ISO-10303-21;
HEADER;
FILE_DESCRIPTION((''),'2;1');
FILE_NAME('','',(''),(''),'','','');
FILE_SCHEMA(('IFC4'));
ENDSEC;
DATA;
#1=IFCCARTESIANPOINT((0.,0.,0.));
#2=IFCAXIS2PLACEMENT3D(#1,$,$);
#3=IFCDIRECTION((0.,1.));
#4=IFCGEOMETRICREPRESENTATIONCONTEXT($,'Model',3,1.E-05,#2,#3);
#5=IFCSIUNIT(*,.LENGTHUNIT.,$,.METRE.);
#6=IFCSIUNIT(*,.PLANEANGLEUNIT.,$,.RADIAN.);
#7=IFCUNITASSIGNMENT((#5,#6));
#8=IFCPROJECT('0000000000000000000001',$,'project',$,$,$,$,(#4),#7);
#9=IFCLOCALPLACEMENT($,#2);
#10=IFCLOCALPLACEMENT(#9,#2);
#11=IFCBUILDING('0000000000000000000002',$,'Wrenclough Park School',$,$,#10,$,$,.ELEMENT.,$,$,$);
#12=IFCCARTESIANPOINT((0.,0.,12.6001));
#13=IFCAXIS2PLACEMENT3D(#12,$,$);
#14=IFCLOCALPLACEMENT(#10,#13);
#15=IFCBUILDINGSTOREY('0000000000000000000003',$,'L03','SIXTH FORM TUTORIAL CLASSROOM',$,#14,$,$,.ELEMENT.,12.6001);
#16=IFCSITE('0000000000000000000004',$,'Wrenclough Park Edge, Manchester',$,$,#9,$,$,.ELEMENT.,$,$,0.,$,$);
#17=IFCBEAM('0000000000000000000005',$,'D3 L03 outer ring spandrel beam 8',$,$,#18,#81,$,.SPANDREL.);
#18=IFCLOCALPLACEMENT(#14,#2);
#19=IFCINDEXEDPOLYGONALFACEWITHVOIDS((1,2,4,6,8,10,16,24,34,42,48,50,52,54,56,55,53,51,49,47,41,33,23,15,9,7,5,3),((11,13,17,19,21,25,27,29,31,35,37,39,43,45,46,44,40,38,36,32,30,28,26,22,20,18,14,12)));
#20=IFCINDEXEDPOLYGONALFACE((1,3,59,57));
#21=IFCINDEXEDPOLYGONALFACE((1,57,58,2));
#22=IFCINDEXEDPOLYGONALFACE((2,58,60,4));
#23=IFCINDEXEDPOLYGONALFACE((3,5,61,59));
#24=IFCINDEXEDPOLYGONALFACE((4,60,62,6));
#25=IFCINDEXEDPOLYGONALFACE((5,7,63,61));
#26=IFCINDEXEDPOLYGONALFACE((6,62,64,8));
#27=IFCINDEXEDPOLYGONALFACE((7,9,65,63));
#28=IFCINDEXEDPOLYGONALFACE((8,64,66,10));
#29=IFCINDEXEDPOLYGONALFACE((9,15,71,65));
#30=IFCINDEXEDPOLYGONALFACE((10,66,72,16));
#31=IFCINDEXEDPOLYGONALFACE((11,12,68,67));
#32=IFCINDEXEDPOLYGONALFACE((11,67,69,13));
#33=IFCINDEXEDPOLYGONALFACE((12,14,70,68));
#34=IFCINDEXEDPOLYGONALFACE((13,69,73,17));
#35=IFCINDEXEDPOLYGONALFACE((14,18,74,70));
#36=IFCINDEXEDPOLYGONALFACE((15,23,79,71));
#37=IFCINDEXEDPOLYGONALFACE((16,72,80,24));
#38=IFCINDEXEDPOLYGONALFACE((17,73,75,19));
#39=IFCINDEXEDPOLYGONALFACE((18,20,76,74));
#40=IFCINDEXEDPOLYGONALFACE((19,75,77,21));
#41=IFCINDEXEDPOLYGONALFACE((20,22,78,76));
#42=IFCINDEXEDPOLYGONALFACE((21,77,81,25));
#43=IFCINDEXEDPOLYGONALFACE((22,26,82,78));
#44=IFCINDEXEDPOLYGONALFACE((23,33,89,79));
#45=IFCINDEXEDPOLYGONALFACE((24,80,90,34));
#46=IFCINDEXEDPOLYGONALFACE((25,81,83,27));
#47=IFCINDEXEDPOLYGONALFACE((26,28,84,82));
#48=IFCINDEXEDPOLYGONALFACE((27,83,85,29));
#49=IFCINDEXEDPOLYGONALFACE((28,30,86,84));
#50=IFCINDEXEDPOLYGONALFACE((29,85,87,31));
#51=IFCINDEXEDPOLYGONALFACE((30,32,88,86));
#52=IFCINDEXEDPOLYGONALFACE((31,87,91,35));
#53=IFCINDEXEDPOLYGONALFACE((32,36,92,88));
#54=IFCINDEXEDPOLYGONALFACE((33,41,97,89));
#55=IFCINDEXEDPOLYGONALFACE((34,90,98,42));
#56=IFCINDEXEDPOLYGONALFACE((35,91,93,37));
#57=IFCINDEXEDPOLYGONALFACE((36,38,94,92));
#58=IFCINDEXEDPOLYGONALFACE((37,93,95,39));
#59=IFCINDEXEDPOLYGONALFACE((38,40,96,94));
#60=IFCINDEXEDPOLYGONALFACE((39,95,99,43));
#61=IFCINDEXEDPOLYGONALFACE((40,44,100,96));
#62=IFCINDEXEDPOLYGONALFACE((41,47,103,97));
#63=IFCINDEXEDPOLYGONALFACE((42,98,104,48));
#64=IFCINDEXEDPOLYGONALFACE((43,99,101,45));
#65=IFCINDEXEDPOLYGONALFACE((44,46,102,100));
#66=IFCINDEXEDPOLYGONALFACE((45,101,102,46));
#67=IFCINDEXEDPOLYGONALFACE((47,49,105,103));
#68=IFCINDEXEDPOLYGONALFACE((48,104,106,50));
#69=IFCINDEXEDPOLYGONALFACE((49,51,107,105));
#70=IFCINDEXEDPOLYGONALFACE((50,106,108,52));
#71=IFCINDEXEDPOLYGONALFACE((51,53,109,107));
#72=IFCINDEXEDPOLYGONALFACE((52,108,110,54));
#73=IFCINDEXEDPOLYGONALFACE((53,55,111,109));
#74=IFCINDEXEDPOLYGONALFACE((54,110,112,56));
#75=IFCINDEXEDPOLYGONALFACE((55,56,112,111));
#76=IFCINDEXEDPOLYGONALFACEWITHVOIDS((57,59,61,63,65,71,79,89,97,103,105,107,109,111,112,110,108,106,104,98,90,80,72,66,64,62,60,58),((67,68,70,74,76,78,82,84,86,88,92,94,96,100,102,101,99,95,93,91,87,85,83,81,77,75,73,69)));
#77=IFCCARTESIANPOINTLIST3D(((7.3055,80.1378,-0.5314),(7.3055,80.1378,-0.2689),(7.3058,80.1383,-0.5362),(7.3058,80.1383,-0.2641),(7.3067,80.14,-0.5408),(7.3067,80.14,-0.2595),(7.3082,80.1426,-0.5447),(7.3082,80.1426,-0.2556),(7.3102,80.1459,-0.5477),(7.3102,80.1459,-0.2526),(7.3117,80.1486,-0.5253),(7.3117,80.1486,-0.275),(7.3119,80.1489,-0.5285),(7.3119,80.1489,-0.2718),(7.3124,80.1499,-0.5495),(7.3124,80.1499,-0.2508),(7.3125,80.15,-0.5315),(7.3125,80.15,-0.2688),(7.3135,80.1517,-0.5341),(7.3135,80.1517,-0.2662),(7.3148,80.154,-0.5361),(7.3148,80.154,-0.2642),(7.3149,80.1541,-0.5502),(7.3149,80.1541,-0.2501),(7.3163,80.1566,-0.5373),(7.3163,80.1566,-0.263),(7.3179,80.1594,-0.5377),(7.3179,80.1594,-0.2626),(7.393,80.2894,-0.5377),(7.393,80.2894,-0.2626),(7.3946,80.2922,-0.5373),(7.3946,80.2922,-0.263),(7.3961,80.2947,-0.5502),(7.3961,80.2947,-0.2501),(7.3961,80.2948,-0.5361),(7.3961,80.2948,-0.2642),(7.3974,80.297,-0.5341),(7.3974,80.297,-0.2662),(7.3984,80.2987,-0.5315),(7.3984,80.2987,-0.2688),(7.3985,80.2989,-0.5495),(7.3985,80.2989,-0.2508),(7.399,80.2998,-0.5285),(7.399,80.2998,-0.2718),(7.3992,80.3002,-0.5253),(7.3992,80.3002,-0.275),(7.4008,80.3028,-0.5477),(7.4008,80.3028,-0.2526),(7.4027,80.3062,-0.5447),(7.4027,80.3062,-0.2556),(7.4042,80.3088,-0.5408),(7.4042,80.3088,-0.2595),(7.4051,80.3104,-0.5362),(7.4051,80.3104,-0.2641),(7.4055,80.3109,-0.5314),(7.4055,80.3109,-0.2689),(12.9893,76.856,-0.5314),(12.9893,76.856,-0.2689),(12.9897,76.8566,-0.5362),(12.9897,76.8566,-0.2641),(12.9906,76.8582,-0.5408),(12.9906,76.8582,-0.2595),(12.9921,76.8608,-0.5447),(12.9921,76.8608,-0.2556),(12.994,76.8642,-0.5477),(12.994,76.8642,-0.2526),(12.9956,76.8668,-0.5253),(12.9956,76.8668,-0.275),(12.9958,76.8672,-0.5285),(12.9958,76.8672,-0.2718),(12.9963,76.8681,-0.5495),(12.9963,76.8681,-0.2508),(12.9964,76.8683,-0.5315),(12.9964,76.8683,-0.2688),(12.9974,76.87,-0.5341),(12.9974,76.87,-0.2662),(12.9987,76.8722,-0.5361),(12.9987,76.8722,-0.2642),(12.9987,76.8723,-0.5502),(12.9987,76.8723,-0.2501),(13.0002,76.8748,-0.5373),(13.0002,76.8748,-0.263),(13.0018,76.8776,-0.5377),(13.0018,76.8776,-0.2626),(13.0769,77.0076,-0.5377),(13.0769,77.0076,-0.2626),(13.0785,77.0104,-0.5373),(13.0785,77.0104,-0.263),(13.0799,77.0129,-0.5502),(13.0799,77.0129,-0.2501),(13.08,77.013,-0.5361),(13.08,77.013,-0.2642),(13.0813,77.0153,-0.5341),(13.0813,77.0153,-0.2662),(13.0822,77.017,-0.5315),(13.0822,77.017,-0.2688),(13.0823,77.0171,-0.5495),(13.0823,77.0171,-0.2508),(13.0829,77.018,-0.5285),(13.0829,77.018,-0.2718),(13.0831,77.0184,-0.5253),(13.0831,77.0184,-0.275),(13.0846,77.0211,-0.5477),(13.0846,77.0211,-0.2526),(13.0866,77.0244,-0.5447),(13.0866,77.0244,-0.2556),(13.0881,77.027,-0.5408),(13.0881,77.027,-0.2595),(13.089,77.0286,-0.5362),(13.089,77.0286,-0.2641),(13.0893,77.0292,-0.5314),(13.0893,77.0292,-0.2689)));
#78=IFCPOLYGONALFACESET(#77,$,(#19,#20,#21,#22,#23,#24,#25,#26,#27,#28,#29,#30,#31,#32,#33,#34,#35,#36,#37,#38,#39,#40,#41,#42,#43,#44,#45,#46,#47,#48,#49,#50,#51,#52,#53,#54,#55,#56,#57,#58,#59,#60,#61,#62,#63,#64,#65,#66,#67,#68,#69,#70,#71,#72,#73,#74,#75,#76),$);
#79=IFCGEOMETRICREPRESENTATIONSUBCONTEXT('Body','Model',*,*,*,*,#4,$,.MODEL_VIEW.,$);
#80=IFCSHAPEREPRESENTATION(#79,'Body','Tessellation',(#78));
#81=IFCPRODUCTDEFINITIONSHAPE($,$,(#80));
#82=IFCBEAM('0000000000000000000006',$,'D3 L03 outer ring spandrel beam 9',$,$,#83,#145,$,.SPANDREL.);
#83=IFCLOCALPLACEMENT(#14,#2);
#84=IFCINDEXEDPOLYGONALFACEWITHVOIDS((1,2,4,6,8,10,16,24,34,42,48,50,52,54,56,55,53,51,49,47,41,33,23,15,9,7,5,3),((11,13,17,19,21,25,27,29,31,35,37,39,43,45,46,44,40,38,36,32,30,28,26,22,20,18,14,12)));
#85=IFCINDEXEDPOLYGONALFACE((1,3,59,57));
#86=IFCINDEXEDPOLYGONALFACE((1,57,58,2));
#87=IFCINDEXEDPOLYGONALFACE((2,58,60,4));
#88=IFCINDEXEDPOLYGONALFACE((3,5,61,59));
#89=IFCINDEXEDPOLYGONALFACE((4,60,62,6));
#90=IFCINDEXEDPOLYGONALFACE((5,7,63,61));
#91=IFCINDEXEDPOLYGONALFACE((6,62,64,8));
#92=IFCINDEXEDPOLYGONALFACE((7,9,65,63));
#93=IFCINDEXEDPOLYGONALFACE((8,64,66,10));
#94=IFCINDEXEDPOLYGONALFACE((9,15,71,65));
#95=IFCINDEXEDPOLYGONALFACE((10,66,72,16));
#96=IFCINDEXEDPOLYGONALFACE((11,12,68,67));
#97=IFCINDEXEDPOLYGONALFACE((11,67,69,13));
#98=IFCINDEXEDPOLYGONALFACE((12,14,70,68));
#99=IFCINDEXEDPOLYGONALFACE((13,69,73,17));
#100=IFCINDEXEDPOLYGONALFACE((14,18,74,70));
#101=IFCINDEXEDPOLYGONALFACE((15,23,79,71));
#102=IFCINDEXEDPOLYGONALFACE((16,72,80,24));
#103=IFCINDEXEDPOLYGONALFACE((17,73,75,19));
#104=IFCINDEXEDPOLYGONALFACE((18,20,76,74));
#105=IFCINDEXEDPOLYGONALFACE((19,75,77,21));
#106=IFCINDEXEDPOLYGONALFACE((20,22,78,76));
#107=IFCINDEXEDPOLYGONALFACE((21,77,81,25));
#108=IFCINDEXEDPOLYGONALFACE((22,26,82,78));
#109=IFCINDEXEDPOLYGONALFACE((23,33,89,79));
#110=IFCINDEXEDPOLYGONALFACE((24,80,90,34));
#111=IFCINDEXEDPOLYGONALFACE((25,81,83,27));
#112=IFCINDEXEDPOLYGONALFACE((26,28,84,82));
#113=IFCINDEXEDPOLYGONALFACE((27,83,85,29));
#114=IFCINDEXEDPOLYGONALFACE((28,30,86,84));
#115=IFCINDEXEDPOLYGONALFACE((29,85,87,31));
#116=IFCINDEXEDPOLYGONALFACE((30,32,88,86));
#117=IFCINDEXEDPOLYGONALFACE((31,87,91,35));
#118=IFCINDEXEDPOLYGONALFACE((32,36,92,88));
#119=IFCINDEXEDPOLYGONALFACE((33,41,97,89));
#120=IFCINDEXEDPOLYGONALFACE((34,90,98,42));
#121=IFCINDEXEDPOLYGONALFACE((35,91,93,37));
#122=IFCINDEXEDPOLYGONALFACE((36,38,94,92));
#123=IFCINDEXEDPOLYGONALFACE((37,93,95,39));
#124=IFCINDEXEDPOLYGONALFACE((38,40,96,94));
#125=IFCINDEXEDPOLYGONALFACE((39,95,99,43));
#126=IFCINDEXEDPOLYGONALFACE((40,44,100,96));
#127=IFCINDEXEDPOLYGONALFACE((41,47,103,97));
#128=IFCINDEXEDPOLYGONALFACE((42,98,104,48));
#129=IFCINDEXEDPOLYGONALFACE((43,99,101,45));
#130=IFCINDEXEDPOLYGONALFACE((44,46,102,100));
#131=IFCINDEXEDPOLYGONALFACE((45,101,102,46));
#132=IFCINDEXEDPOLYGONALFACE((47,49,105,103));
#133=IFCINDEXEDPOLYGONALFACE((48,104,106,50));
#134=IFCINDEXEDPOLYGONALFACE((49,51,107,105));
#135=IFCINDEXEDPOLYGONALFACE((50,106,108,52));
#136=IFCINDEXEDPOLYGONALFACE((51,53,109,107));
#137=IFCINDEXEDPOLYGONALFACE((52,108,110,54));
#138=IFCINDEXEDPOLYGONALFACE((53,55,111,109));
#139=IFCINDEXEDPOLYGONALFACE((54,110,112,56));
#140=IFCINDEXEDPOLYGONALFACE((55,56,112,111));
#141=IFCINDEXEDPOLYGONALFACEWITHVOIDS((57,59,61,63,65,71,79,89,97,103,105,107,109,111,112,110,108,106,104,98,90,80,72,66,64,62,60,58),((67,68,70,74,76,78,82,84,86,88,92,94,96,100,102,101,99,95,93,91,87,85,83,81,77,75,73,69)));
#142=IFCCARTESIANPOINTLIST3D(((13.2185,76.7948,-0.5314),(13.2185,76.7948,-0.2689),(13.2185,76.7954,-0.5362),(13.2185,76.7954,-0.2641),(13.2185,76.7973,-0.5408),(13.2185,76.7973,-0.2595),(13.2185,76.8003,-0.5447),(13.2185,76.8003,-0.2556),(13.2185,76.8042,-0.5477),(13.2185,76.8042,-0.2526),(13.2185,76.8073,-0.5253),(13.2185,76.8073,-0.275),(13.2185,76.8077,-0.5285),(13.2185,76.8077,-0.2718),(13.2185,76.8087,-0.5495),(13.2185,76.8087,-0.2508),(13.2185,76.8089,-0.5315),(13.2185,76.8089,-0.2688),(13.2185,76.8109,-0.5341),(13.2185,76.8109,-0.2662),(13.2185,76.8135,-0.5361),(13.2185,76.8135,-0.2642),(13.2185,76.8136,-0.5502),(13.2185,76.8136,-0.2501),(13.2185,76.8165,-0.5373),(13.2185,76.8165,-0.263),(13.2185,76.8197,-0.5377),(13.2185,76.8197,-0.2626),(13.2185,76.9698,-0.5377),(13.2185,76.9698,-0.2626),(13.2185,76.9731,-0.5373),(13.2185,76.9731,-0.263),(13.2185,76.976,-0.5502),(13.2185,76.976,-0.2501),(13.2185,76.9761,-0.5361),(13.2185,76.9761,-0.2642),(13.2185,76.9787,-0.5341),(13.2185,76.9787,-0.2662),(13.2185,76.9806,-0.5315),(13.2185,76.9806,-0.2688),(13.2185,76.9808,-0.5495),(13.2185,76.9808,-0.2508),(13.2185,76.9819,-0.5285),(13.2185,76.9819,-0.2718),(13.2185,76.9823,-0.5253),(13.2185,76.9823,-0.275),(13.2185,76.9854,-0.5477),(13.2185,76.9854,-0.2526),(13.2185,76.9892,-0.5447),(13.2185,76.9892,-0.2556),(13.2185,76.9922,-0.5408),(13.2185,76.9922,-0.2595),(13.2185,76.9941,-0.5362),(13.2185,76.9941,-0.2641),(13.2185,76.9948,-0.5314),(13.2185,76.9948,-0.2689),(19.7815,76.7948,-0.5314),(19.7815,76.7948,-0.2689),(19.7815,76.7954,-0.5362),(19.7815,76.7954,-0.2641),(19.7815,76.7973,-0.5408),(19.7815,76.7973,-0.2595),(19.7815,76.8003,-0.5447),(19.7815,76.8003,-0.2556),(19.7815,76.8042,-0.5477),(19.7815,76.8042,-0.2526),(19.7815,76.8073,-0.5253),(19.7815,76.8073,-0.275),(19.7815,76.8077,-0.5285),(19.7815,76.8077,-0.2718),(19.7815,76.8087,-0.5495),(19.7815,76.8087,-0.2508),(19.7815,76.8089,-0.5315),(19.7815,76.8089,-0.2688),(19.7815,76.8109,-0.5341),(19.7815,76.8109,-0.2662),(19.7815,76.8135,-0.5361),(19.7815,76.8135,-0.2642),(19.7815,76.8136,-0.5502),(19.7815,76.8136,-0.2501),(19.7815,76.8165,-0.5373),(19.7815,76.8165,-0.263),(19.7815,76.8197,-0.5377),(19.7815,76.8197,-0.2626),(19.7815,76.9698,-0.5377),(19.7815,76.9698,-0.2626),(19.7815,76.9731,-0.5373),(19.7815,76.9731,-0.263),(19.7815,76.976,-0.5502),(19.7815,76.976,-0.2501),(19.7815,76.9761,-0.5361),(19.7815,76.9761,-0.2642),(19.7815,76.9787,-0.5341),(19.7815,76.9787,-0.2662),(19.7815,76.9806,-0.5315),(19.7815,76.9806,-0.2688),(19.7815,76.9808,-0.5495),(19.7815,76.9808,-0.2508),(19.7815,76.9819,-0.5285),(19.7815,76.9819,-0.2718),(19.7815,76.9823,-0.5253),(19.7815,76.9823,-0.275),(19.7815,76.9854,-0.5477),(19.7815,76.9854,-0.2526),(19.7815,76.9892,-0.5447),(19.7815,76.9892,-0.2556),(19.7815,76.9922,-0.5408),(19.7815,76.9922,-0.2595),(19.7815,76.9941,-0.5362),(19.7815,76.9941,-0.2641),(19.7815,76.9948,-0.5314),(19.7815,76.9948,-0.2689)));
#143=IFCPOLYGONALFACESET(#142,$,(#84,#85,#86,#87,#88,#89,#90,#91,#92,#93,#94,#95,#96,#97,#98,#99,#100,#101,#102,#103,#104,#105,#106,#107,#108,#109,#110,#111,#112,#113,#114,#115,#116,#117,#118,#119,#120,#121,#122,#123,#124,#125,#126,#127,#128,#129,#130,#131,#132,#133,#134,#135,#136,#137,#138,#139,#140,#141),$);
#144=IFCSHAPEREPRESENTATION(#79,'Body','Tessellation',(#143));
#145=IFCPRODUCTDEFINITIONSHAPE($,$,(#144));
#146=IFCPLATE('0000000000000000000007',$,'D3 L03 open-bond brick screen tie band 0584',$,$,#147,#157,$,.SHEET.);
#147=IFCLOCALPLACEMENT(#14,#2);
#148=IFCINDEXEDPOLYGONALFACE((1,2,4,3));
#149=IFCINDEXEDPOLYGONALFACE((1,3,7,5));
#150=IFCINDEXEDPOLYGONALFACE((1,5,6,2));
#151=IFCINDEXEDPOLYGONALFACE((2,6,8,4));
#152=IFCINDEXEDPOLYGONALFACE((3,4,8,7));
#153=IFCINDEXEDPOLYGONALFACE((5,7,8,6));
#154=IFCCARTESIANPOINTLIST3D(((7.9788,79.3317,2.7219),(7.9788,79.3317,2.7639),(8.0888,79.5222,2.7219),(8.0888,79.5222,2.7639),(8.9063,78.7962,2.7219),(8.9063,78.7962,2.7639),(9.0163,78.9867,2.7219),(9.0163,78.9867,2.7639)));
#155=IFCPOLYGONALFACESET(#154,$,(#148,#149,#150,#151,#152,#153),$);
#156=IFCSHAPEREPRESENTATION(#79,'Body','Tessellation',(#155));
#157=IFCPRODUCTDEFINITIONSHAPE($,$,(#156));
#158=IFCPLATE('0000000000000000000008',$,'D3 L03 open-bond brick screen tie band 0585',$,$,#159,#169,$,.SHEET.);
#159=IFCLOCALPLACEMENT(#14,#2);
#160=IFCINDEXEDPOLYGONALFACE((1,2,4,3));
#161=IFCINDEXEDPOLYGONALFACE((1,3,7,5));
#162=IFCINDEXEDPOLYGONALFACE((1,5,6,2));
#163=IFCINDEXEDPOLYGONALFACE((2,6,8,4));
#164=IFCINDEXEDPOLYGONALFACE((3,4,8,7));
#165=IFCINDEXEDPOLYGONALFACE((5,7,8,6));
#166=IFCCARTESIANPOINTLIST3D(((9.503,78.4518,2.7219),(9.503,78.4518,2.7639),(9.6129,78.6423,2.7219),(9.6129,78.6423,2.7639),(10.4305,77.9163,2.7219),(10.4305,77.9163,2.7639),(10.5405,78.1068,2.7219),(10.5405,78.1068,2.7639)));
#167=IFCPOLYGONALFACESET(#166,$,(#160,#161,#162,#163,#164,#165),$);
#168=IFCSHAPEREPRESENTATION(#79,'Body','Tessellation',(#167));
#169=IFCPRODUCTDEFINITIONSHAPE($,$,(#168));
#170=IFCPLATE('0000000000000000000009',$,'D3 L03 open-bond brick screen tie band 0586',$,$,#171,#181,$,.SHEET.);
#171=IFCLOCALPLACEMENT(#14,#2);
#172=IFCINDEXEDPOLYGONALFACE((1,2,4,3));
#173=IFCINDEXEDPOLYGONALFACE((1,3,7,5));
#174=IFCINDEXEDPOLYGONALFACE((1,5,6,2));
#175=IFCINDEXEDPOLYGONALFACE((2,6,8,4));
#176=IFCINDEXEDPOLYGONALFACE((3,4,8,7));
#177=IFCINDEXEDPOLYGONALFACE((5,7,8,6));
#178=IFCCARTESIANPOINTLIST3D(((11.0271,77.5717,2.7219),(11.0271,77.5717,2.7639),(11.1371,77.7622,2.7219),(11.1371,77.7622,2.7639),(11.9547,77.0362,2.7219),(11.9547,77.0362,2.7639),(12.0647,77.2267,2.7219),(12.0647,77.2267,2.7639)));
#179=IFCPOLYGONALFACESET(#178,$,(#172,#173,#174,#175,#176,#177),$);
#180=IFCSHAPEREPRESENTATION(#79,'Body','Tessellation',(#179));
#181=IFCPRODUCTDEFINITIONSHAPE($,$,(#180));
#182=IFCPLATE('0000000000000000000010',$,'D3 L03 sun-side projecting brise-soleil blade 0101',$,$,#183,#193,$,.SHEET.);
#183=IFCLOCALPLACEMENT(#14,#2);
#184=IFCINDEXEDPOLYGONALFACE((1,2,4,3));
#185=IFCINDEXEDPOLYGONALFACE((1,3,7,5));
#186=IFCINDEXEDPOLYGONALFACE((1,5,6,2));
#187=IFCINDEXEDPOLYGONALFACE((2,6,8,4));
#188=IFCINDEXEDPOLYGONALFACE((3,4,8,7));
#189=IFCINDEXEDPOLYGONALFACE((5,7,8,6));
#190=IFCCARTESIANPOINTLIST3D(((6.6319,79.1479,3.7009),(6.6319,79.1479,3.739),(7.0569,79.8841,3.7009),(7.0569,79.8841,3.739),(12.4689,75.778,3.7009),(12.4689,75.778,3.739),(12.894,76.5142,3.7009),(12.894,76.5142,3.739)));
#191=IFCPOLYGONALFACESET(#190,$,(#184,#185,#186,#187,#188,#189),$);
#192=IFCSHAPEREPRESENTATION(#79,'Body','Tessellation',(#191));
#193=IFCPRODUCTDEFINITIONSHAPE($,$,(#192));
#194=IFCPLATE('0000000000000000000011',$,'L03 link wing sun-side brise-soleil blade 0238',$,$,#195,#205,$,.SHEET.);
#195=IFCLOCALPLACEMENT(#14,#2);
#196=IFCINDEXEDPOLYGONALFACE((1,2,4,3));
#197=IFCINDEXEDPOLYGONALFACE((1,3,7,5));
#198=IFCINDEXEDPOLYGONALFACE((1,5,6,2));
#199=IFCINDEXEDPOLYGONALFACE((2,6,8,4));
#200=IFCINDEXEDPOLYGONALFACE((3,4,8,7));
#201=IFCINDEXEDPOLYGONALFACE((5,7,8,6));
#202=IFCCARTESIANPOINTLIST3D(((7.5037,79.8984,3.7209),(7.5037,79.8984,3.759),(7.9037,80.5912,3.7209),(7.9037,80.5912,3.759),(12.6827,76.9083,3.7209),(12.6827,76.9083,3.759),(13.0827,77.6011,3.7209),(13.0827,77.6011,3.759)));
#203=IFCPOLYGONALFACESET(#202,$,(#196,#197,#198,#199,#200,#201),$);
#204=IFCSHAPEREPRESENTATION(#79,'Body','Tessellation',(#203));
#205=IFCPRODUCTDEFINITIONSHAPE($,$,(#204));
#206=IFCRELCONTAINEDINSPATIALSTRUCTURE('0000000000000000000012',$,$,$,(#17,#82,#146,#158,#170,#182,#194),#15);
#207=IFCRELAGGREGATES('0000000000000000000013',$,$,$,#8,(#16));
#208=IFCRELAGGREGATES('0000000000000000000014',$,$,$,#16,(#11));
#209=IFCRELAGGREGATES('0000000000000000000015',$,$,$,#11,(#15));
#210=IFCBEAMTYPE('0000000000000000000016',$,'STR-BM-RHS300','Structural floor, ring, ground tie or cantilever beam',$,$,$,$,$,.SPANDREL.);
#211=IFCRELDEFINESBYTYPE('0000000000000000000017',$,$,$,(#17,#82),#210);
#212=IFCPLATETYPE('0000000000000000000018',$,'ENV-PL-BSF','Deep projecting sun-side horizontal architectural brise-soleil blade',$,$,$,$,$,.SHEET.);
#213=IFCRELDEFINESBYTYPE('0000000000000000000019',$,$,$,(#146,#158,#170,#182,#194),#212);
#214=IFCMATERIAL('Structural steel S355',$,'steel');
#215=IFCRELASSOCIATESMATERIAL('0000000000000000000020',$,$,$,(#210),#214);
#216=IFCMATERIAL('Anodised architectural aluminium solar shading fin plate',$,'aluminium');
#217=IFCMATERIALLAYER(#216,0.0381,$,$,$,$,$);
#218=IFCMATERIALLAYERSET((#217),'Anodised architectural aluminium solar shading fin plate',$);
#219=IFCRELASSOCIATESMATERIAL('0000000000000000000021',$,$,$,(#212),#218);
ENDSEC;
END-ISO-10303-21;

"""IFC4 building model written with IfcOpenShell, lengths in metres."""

from ifc_helpers import new_model, si_unit, direction, frame, origin, origin_2d, place, context, subcontext, project, spatial, rectangle, hollow_rectangle, extrude, material, layer, layer_set, material_profile, profile_set, type_object, element, save


model = new_model("IFC4")

# Units and contexts
model_context = context("Model", 3, precision=1e-05, world=origin(), true_north=direction((0.0, 1.0)))
body_context = subcontext(model_context, "Body", "Model", "MODEL_VIEW")
ifc_project = project(units=[si_unit("LENGTHUNIT", "METRE"), si_unit("PLANEANGLEUNIT", "RADIAN")], contexts=[model_context])

# Site, building, storey
site_placement = place(None, origin())
site = spatial("IfcSite", under=ifc_project, at=site_placement, Name="Wrenclough Park Edge, Manchester", CompositionType="ELEMENT", RefElevation=0.0)
building_placement = place(site_placement, origin())
building = spatial("IfcBuilding", under=site, at=building_placement, Name="Wrenclough Park School", CompositionType="ELEMENT")
storey_placement = place(building_placement, frame((0.0, 0.0, 12.6001)))
storey = spatial("IfcBuildingStorey", under=building, at=storey_placement, Name="L03", Description="SIXTH FORM TUTORIAL CLASSROOM", CompositionType="ELEMENT", Elevation=12.6001)

# Shared definitions
ifc_material_1 = material(Name="Structural steel S355", Category="steel")

# Beams
ifc_material_profile_1 = material_profile(ifc_material_1, hollow_rectangle(XDim=0.2, YDim=0.3, WallThickness=0.0125, InnerFilletRadius=0.0125, OuterFilletRadius=0.0188, at=origin_2d()), Name="RHS 300x200x12.5")
ifc_profile_set_1 = profile_set([ifc_material_profile_1], Name="Structural steel S355")
beam_type = type_object("IfcBeamType", Name="STR-BM-RHS300", Description="Structural floor, ring, ground tie or cantilever beam", PredefinedType="SPANDREL", material=ifc_profile_set_1)
beam_1_placement = place(storey_placement, frame((7.3555, 80.2244, -0.4001), z_axis=(0.866014, -0.50002, 0.0), x_axis=(0.50002, 0.866014, 0.0)))
element("IfcBeam", 1, at=beam_1_placement, inside=storey, type_object=beam_type, Name="D3 L03 outer ring spandrel beam 8", PredefinedType="SPANDREL", context=body_context, shape_type="SweptSolid", body=[
    extrude(hollow_rectangle(XDim=0.2, YDim=0.3, WallThickness=0.0125, InnerFilletRadius=0.0125, OuterFilletRadius=0.0188, at=origin_2d()), origin(), (0.0, 0.0, 1.0), 6.5632),
])
beam_2_placement = place(storey_placement, frame((13.2185, 76.8948, -0.4001), z_axis=(1.0, 0.0, 0.0), x_axis=(0.0, 1.0, 0.0)))
element("IfcBeam", 2, at=beam_2_placement, inside=storey, type_object=beam_type, Name="D3 L03 outer ring spandrel beam 9", PredefinedType="SPANDREL", context=body_context, shape_type="SweptSolid", body=[
    extrude(hollow_rectangle(XDim=0.2, YDim=0.3, WallThickness=0.0125, InnerFilletRadius=0.0125, OuterFilletRadius=0.0188, at=origin_2d()), origin(), (0.0, 0.0, 1.0), 6.563),
])

# Plates
ifc_material_2 = material(Name="Anodised architectural aluminium solar shading fin plate", Category="aluminium")
ifc_layer_1 = layer(ifc_material_2, 0.0381)
ifc_layer_set_1 = layer_set([ifc_layer_1], Name="Anodised architectural aluminium solar shading fin plate")
plate_type_1 = type_object("IfcPlateType", Name="ENV-PL-BSF", Description="Deep projecting sun-side horizontal architectural brise-soleil blade", PredefinedType="SHEET", material=ifc_layer_set_1)
for number, where, z_axis, x_axis, name in (
    (3, (8.4976, 79.1592, 2.7219), (0.0, 0.0, 1.0), (0.866031, -0.499991, 0.0), "D3 L03 open-bond brick screen tie band 0584"),
    (4, (10.0217, 78.2793, 2.7219), (0.0, 0.0, 1.0), (0.866031, -0.499991, 0.0), "D3 L03 open-bond brick screen tie band 0585"),
    (5, (11.5459, 77.3992, 2.7219), (0.0, 0.0, 1.0), (0.866031, -0.499991, 0.0), "D3 L03 open-bond brick screen tie band 0586"),
):
    element("IfcPlate", number, at=place(storey_placement, frame(where, z_axis=z_axis, x_axis=x_axis)), inside=storey, type_object=plate_type_1, Name=name, PredefinedType="SHEET", context=body_context, shape_type="SweptSolid", body=[
        extrude(rectangle(XDim=1.071, YDim=0.22, at=origin_2d()), origin(), (0.0, 0.0, 1.0), 0.042),
    ])
plate_1_placement = place(storey_placement, frame((9.7629, 77.8311, 3.7009), z_axis=(0.0, 0.0, 1.0), x_axis=(0.866031, -0.499991, 0.0)))
element("IfcPlate", 6, at=plate_1_placement, inside=storey, type_object=plate_type_1, Name="D3 L03 sun-side projecting brise-soleil blade 0101", PredefinedType="SHEET", context=body_context, shape_type="SweptSolid", body=[
    extrude(rectangle(XDim=6.74, YDim=0.8501, at=origin_2d()), origin(), (0.0, 0.0, 1.0), 0.0381),
])
plate_2_placement = place(storey_placement, frame((10.2932, 78.7498, 3.7209), z_axis=(0.0, 0.0, 1.0), x_axis=(-0.866029, 0.499994, 0.0)))
element("IfcPlate", 7, at=plate_2_placement, inside=storey, type_object=plate_type_1, Name="L03 link wing sun-side brise-soleil blade 0238", PredefinedType="SHEET", context=body_context, shape_type="SweptSolid", body=[
    extrude(rectangle(XDim=5.9802, YDim=0.8, at=origin_2d()), origin(), (0.0, 0.0, 1.0), 0.0381),
])

save(model, "model.ifc")
